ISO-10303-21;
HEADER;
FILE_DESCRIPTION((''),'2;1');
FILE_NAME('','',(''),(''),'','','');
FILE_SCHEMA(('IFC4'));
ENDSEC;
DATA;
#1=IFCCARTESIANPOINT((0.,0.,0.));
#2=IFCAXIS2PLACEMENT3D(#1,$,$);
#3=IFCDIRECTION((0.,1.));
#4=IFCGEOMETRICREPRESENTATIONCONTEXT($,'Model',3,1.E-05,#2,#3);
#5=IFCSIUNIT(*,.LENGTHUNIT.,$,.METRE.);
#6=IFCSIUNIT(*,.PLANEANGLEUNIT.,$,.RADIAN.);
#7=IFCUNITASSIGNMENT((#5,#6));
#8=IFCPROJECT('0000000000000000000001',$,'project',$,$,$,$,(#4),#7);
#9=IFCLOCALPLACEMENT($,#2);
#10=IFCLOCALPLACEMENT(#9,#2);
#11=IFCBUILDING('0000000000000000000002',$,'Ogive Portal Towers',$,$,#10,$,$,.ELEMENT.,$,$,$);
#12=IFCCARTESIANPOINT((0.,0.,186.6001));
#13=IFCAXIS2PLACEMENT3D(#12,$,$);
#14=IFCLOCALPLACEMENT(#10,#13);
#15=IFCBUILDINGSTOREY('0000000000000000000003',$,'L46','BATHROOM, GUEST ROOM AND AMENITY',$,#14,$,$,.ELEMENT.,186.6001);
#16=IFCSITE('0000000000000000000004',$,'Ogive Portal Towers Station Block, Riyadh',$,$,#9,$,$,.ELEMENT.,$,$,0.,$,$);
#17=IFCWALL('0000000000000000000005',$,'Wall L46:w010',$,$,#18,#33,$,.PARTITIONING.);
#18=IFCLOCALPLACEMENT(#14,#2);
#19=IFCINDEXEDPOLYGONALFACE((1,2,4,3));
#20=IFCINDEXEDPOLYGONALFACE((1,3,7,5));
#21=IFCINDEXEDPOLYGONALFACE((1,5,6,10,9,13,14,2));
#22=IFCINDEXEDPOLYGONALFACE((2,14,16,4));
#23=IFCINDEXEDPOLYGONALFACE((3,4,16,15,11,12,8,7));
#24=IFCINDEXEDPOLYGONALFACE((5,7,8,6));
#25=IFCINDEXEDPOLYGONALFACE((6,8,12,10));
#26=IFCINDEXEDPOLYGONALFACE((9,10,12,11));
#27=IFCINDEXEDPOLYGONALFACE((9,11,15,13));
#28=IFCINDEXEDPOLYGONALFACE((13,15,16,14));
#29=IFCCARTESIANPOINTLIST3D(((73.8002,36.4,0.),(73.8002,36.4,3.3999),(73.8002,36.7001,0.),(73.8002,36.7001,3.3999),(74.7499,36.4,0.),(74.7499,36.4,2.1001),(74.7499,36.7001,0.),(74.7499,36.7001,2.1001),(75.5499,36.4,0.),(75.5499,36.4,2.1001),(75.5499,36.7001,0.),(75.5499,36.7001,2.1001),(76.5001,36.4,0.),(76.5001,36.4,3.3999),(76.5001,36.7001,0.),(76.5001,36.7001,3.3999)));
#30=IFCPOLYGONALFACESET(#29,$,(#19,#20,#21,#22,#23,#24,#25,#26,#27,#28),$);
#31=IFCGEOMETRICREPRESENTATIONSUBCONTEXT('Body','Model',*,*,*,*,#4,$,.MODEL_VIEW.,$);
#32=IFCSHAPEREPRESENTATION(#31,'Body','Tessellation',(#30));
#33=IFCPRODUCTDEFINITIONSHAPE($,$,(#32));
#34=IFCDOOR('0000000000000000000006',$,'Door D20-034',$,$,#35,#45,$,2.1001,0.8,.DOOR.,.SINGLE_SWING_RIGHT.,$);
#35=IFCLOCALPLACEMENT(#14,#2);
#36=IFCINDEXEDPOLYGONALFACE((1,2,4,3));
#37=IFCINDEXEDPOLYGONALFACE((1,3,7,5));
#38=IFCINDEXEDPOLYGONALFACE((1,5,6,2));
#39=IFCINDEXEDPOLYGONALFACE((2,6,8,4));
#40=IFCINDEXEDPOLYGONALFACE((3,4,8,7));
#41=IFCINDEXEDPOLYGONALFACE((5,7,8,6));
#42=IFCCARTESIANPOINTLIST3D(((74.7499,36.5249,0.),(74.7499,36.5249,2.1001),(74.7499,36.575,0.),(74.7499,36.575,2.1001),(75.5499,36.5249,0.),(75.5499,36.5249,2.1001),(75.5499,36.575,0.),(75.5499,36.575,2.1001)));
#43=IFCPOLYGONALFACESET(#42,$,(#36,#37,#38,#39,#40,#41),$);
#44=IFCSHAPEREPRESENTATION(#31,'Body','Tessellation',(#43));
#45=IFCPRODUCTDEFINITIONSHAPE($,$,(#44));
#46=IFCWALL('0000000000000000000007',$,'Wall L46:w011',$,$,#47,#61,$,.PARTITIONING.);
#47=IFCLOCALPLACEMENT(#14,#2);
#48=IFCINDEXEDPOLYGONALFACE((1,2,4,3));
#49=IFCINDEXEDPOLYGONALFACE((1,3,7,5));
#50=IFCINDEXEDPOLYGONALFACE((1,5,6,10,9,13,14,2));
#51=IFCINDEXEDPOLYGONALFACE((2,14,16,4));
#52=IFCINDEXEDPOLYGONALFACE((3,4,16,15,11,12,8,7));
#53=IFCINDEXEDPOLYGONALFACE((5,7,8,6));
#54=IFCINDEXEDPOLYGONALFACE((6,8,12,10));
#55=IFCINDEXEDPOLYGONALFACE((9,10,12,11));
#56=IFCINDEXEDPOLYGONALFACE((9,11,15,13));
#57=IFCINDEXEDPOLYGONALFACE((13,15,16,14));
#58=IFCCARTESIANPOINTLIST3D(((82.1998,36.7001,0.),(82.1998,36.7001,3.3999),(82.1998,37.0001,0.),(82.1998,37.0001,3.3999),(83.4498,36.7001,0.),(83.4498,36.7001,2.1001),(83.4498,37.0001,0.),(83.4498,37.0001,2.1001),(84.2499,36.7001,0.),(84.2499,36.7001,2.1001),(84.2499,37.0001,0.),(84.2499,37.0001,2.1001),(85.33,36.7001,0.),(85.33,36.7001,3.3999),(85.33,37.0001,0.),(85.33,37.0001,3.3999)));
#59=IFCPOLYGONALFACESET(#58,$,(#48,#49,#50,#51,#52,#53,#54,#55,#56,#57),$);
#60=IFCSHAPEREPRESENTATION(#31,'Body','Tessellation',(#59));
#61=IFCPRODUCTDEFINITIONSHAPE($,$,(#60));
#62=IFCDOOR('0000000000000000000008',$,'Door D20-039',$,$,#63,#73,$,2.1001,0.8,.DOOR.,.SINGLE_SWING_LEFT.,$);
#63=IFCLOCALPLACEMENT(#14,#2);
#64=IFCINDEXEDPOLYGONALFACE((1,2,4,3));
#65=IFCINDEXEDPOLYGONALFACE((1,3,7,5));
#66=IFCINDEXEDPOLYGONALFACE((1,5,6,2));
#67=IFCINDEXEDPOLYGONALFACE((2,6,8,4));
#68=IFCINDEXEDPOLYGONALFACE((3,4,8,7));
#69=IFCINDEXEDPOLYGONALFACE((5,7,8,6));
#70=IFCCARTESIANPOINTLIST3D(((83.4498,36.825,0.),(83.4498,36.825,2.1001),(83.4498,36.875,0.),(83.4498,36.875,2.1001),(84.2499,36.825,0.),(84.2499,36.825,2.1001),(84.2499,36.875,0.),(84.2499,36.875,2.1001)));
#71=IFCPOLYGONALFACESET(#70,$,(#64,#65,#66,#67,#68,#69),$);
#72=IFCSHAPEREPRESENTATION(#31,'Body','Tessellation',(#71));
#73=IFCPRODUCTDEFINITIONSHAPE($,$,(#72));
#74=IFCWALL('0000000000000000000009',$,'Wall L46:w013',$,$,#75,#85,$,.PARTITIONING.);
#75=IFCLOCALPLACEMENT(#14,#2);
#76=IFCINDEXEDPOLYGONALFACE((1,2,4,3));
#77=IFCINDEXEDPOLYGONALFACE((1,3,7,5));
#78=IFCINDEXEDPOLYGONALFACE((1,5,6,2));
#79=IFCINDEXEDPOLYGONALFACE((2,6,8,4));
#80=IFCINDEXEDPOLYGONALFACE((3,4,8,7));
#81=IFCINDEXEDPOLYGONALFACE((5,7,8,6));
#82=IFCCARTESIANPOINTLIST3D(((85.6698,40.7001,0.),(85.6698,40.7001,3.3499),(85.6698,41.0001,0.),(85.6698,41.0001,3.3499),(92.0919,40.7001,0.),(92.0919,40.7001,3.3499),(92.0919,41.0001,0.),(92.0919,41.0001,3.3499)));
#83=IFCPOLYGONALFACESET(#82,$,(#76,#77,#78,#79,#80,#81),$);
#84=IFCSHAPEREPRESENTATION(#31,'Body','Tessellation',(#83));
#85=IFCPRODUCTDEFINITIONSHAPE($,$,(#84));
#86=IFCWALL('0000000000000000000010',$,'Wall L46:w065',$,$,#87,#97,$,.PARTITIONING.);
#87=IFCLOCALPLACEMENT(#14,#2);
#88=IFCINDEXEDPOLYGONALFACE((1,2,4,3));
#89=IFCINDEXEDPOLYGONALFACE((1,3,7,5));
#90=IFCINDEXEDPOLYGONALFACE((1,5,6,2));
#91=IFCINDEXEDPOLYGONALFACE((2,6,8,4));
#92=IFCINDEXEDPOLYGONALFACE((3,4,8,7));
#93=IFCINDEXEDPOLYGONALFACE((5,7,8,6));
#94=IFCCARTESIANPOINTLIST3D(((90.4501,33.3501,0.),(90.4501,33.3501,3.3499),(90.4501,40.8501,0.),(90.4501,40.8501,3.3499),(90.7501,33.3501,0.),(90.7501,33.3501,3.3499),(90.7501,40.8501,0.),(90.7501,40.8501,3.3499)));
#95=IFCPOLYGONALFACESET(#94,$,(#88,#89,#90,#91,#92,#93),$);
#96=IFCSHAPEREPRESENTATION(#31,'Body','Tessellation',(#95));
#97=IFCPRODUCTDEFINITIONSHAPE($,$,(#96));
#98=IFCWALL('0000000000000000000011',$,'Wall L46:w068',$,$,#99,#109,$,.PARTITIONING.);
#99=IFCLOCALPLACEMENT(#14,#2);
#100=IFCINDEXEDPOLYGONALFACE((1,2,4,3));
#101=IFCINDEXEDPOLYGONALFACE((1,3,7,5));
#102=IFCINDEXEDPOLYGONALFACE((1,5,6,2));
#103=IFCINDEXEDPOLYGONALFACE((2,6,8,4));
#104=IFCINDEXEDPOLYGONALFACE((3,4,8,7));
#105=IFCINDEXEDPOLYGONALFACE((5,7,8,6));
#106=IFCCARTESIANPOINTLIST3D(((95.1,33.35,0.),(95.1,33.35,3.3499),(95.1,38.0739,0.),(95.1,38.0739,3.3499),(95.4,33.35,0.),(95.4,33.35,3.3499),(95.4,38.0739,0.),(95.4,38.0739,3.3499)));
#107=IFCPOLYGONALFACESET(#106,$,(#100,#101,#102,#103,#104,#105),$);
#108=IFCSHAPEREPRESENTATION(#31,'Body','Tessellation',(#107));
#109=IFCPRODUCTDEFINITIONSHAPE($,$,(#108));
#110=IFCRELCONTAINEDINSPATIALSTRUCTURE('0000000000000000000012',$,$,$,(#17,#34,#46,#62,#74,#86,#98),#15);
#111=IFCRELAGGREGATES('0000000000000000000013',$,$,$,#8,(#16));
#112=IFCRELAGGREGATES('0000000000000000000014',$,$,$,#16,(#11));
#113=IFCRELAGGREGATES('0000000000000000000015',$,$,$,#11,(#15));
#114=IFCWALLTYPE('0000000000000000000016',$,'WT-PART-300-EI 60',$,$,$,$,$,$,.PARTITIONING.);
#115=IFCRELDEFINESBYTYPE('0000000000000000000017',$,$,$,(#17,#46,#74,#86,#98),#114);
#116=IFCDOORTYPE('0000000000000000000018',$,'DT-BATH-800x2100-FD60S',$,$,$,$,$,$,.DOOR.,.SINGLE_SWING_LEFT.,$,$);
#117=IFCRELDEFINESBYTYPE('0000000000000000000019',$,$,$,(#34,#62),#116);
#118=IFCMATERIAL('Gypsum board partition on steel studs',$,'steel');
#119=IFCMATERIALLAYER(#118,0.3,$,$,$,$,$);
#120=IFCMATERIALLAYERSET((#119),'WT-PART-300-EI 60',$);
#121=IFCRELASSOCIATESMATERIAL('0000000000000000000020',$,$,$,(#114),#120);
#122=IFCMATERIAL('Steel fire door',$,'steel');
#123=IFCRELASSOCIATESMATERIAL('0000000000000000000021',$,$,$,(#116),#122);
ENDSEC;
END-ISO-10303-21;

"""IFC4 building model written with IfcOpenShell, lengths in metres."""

from ifc_helpers import new_model, si_unit, direction, frame, frame_2d, origin, place, context, subcontext, project, spatial, rectangle, extrude, material, layer, layer_set, type_object, element, fill, save


model = new_model("IFC4")

# Units and contexts
model_context = context("Model", 3, precision=1e-05, world=origin(), true_north=direction((0.0, 1.0)))
body_context = subcontext(model_context, "Body", "Model", "MODEL_VIEW")
ifc_project = project(units=[si_unit("LENGTHUNIT", "METRE"), si_unit("PLANEANGLEUNIT", "RADIAN")], contexts=[model_context])

# Site, building, storey
site_placement = place(None, origin())
site = spatial("IfcSite", under=ifc_project, at=site_placement, Name="Ogive Portal Towers Station Block, Riyadh", CompositionType="ELEMENT", RefElevation=0.0)
building_placement = place(site_placement, origin())
building = spatial("IfcBuilding", under=site, at=building_placement, Name="Ogive Portal Towers", CompositionType="ELEMENT")
storey_placement = place(building_placement, frame((0.0, 0.0, 186.6001)))
storey = spatial("IfcBuildingStorey", under=building, at=storey_placement, Name="L46", Description="BATHROOM, GUEST ROOM AND AMENITY", CompositionType="ELEMENT", Elevation=186.6001)

# Walls, openings, doors
ifc_material_1 = material(Name="Gypsum board partition on steel studs", Category="steel")
ifc_layer_1 = layer(ifc_material_1, 0.3)
ifc_layer_set_1 = layer_set([ifc_layer_1], Name="WT-PART-300-EI 60")
wall_type = type_object("IfcWallType", Name="WT-PART-300-EI 60", PredefinedType="PARTITIONING", material=ifc_layer_set_1)
ifc_material_2 = material(Name="Steel fire door", Category="steel")
door_type = type_object("IfcDoorType", Name="DT-BATH-800x2100-FD60S", OperationType="SINGLE_SWING_LEFT", PredefinedType="DOOR", material=ifc_material_2)
wall_1_placement = place(storey_placement, frame((73.8, 36.55, 0.0), z_axis=(0.0, 0.0, 1.0), x_axis=(1.0, 0.0, 0.0)))
wall_1 = element("IfcWall", 1, at=wall_1_placement, inside=storey, type_object=wall_type, Name="Wall L46:w010", PredefinedType="PARTITIONING", context=body_context, shape_type="SweptSolid", body=[
    extrude(rectangle(XDim=2.7, YDim=0.3, at=frame_2d((1.3501, 0.0))), origin(), (0.0, 0.0, 1.0), 3.3999),
])
opening_1_placement = place(wall_1_placement, frame((0.95, 0.0, 0.0)))
opening_1 = element("IfcOpeningElement", 2, at=opening_1_placement, cuts=wall_1, PredefinedType="OPENING", context=body_context, shape_type="SweptSolid", body=[
    extrude(rectangle(XDim=0.8, YDim=2.1001, at=frame_2d((0.3999, 1.05))), frame((0.0, 0.1602, 0.0), z_axis=(0.0, -1.0, 0.0), x_axis=(1.0, 0.0, 0.0)), (0.0, 0.0, 1.0), 0.3201),
])
door_1_placement = place(opening_1_placement, origin())
door_1 = element("IfcDoor", 3, at=door_1_placement, inside=storey, type_object=door_type, Name="Door D20-034", OperationType="SINGLE_SWING_RIGHT", OverallHeight=2.1001, OverallWidth=0.8, PredefinedType="DOOR", context=body_context, shape_type="SweptSolid", body=[
    extrude(rectangle(XDim=0.8, YDim=2.1001, at=frame_2d((0.3999, 1.05))), frame((0.0, 0.0249, 0.0), z_axis=(0.0, -1.0, 0.0), x_axis=(1.0, 0.0, 0.0)), (0.0, 0.0, 1.0), 0.05),
])
fill(opening_1, door_1)
wall_2_placement = place(storey_placement, frame((82.2, 36.8501, 0.0), z_axis=(0.0, 0.0, 1.0), x_axis=(1.0, 0.0, 0.0)))
wall_2 = element("IfcWall", 4, at=wall_2_placement, inside=storey, type_object=wall_type, Name="Wall L46:w011", PredefinedType="PARTITIONING", context=body_context, shape_type="SweptSolid", body=[
    extrude(rectangle(XDim=3.1301, YDim=0.3, at=frame_2d((1.5649, 0.0))), origin(), (0.0, 0.0, 1.0), 3.3999),
])
opening_2_placement = place(wall_2_placement, frame((1.25, 0.0, 0.0)))
opening_2 = element("IfcOpeningElement", 5, at=opening_2_placement, cuts=wall_2, PredefinedType="OPENING", context=body_context, shape_type="SweptSolid", body=[
    extrude(rectangle(XDim=0.8, YDim=2.1001, at=frame_2d((0.3999, 1.05))), frame((0.0, 0.1602, 0.0), z_axis=(0.0, -1.0, 0.0), x_axis=(1.0, 0.0, 0.0)), (0.0, 0.0, 1.0), 0.3201),
])
door_2_placement = place(opening_2_placement, origin())
door_2 = element("IfcDoor", 6, at=door_2_placement, inside=storey, type_object=door_type, Name="Door D20-039", OperationType="SINGLE_SWING_LEFT", OverallHeight=2.1001, OverallWidth=0.8, PredefinedType="DOOR", context=body_context, shape_type="SweptSolid", body=[
    extrude(rectangle(XDim=0.8, YDim=2.1001, at=frame_2d((0.3999, 1.05))), frame((0.0, 0.0249, 0.0), z_axis=(0.0, -1.0, 0.0), x_axis=(1.0, 0.0, 0.0)), (0.0, 0.0, 1.0), 0.05),
])
fill(opening_2, door_2)

# Walls
wall_3_placement = place(storey_placement, frame((85.6699, 40.8501, 0.0), z_axis=(0.0, 0.0, 1.0), x_axis=(1.0, 0.0, 0.0)))
element("IfcWall", 7, at=wall_3_placement, inside=storey, type_object=wall_type, Name="Wall L46:w013", PredefinedType="PARTITIONING", context=body_context, shape_type="SweptSolid", body=[
    extrude(rectangle(XDim=6.4221, YDim=0.3, at=frame_2d((3.2109, 0.0))), origin(), (0.0, 0.0, 1.0), 3.3499),
])
wall_4_placement = place(storey_placement, frame((90.6001, 33.3501, 0.0), z_axis=(0.0, 0.0, 1.0), x_axis=(0.0, 1.0, 0.0)))
element("IfcWall", 8, at=wall_4_placement, inside=storey, type_object=wall_type, Name="Wall L46:w065", PredefinedType="PARTITIONING", context=body_context, shape_type="SweptSolid", body=[
    extrude(rectangle(XDim=7.5, YDim=0.3, at=frame_2d((3.75, 0.0))), origin(), (0.0, 0.0, 1.0), 3.3499),
])
wall_5_placement = place(storey_placement, frame((95.25, 33.3501, 0.0), z_axis=(0.0, 0.0, 1.0), x_axis=(0.0, 1.0, 0.0)))
element("IfcWall", 9, at=wall_5_placement, inside=storey, type_object=wall_type, Name="Wall L46:w068", PredefinedType="PARTITIONING", context=body_context, shape_type="SweptSolid", body=[
    extrude(rectangle(XDim=4.7239, YDim=0.3, at=frame_2d((2.3618, 0.0))), origin(), (0.0, 0.0, 1.0), 3.3499),
])

save(model, "model.ifc")
